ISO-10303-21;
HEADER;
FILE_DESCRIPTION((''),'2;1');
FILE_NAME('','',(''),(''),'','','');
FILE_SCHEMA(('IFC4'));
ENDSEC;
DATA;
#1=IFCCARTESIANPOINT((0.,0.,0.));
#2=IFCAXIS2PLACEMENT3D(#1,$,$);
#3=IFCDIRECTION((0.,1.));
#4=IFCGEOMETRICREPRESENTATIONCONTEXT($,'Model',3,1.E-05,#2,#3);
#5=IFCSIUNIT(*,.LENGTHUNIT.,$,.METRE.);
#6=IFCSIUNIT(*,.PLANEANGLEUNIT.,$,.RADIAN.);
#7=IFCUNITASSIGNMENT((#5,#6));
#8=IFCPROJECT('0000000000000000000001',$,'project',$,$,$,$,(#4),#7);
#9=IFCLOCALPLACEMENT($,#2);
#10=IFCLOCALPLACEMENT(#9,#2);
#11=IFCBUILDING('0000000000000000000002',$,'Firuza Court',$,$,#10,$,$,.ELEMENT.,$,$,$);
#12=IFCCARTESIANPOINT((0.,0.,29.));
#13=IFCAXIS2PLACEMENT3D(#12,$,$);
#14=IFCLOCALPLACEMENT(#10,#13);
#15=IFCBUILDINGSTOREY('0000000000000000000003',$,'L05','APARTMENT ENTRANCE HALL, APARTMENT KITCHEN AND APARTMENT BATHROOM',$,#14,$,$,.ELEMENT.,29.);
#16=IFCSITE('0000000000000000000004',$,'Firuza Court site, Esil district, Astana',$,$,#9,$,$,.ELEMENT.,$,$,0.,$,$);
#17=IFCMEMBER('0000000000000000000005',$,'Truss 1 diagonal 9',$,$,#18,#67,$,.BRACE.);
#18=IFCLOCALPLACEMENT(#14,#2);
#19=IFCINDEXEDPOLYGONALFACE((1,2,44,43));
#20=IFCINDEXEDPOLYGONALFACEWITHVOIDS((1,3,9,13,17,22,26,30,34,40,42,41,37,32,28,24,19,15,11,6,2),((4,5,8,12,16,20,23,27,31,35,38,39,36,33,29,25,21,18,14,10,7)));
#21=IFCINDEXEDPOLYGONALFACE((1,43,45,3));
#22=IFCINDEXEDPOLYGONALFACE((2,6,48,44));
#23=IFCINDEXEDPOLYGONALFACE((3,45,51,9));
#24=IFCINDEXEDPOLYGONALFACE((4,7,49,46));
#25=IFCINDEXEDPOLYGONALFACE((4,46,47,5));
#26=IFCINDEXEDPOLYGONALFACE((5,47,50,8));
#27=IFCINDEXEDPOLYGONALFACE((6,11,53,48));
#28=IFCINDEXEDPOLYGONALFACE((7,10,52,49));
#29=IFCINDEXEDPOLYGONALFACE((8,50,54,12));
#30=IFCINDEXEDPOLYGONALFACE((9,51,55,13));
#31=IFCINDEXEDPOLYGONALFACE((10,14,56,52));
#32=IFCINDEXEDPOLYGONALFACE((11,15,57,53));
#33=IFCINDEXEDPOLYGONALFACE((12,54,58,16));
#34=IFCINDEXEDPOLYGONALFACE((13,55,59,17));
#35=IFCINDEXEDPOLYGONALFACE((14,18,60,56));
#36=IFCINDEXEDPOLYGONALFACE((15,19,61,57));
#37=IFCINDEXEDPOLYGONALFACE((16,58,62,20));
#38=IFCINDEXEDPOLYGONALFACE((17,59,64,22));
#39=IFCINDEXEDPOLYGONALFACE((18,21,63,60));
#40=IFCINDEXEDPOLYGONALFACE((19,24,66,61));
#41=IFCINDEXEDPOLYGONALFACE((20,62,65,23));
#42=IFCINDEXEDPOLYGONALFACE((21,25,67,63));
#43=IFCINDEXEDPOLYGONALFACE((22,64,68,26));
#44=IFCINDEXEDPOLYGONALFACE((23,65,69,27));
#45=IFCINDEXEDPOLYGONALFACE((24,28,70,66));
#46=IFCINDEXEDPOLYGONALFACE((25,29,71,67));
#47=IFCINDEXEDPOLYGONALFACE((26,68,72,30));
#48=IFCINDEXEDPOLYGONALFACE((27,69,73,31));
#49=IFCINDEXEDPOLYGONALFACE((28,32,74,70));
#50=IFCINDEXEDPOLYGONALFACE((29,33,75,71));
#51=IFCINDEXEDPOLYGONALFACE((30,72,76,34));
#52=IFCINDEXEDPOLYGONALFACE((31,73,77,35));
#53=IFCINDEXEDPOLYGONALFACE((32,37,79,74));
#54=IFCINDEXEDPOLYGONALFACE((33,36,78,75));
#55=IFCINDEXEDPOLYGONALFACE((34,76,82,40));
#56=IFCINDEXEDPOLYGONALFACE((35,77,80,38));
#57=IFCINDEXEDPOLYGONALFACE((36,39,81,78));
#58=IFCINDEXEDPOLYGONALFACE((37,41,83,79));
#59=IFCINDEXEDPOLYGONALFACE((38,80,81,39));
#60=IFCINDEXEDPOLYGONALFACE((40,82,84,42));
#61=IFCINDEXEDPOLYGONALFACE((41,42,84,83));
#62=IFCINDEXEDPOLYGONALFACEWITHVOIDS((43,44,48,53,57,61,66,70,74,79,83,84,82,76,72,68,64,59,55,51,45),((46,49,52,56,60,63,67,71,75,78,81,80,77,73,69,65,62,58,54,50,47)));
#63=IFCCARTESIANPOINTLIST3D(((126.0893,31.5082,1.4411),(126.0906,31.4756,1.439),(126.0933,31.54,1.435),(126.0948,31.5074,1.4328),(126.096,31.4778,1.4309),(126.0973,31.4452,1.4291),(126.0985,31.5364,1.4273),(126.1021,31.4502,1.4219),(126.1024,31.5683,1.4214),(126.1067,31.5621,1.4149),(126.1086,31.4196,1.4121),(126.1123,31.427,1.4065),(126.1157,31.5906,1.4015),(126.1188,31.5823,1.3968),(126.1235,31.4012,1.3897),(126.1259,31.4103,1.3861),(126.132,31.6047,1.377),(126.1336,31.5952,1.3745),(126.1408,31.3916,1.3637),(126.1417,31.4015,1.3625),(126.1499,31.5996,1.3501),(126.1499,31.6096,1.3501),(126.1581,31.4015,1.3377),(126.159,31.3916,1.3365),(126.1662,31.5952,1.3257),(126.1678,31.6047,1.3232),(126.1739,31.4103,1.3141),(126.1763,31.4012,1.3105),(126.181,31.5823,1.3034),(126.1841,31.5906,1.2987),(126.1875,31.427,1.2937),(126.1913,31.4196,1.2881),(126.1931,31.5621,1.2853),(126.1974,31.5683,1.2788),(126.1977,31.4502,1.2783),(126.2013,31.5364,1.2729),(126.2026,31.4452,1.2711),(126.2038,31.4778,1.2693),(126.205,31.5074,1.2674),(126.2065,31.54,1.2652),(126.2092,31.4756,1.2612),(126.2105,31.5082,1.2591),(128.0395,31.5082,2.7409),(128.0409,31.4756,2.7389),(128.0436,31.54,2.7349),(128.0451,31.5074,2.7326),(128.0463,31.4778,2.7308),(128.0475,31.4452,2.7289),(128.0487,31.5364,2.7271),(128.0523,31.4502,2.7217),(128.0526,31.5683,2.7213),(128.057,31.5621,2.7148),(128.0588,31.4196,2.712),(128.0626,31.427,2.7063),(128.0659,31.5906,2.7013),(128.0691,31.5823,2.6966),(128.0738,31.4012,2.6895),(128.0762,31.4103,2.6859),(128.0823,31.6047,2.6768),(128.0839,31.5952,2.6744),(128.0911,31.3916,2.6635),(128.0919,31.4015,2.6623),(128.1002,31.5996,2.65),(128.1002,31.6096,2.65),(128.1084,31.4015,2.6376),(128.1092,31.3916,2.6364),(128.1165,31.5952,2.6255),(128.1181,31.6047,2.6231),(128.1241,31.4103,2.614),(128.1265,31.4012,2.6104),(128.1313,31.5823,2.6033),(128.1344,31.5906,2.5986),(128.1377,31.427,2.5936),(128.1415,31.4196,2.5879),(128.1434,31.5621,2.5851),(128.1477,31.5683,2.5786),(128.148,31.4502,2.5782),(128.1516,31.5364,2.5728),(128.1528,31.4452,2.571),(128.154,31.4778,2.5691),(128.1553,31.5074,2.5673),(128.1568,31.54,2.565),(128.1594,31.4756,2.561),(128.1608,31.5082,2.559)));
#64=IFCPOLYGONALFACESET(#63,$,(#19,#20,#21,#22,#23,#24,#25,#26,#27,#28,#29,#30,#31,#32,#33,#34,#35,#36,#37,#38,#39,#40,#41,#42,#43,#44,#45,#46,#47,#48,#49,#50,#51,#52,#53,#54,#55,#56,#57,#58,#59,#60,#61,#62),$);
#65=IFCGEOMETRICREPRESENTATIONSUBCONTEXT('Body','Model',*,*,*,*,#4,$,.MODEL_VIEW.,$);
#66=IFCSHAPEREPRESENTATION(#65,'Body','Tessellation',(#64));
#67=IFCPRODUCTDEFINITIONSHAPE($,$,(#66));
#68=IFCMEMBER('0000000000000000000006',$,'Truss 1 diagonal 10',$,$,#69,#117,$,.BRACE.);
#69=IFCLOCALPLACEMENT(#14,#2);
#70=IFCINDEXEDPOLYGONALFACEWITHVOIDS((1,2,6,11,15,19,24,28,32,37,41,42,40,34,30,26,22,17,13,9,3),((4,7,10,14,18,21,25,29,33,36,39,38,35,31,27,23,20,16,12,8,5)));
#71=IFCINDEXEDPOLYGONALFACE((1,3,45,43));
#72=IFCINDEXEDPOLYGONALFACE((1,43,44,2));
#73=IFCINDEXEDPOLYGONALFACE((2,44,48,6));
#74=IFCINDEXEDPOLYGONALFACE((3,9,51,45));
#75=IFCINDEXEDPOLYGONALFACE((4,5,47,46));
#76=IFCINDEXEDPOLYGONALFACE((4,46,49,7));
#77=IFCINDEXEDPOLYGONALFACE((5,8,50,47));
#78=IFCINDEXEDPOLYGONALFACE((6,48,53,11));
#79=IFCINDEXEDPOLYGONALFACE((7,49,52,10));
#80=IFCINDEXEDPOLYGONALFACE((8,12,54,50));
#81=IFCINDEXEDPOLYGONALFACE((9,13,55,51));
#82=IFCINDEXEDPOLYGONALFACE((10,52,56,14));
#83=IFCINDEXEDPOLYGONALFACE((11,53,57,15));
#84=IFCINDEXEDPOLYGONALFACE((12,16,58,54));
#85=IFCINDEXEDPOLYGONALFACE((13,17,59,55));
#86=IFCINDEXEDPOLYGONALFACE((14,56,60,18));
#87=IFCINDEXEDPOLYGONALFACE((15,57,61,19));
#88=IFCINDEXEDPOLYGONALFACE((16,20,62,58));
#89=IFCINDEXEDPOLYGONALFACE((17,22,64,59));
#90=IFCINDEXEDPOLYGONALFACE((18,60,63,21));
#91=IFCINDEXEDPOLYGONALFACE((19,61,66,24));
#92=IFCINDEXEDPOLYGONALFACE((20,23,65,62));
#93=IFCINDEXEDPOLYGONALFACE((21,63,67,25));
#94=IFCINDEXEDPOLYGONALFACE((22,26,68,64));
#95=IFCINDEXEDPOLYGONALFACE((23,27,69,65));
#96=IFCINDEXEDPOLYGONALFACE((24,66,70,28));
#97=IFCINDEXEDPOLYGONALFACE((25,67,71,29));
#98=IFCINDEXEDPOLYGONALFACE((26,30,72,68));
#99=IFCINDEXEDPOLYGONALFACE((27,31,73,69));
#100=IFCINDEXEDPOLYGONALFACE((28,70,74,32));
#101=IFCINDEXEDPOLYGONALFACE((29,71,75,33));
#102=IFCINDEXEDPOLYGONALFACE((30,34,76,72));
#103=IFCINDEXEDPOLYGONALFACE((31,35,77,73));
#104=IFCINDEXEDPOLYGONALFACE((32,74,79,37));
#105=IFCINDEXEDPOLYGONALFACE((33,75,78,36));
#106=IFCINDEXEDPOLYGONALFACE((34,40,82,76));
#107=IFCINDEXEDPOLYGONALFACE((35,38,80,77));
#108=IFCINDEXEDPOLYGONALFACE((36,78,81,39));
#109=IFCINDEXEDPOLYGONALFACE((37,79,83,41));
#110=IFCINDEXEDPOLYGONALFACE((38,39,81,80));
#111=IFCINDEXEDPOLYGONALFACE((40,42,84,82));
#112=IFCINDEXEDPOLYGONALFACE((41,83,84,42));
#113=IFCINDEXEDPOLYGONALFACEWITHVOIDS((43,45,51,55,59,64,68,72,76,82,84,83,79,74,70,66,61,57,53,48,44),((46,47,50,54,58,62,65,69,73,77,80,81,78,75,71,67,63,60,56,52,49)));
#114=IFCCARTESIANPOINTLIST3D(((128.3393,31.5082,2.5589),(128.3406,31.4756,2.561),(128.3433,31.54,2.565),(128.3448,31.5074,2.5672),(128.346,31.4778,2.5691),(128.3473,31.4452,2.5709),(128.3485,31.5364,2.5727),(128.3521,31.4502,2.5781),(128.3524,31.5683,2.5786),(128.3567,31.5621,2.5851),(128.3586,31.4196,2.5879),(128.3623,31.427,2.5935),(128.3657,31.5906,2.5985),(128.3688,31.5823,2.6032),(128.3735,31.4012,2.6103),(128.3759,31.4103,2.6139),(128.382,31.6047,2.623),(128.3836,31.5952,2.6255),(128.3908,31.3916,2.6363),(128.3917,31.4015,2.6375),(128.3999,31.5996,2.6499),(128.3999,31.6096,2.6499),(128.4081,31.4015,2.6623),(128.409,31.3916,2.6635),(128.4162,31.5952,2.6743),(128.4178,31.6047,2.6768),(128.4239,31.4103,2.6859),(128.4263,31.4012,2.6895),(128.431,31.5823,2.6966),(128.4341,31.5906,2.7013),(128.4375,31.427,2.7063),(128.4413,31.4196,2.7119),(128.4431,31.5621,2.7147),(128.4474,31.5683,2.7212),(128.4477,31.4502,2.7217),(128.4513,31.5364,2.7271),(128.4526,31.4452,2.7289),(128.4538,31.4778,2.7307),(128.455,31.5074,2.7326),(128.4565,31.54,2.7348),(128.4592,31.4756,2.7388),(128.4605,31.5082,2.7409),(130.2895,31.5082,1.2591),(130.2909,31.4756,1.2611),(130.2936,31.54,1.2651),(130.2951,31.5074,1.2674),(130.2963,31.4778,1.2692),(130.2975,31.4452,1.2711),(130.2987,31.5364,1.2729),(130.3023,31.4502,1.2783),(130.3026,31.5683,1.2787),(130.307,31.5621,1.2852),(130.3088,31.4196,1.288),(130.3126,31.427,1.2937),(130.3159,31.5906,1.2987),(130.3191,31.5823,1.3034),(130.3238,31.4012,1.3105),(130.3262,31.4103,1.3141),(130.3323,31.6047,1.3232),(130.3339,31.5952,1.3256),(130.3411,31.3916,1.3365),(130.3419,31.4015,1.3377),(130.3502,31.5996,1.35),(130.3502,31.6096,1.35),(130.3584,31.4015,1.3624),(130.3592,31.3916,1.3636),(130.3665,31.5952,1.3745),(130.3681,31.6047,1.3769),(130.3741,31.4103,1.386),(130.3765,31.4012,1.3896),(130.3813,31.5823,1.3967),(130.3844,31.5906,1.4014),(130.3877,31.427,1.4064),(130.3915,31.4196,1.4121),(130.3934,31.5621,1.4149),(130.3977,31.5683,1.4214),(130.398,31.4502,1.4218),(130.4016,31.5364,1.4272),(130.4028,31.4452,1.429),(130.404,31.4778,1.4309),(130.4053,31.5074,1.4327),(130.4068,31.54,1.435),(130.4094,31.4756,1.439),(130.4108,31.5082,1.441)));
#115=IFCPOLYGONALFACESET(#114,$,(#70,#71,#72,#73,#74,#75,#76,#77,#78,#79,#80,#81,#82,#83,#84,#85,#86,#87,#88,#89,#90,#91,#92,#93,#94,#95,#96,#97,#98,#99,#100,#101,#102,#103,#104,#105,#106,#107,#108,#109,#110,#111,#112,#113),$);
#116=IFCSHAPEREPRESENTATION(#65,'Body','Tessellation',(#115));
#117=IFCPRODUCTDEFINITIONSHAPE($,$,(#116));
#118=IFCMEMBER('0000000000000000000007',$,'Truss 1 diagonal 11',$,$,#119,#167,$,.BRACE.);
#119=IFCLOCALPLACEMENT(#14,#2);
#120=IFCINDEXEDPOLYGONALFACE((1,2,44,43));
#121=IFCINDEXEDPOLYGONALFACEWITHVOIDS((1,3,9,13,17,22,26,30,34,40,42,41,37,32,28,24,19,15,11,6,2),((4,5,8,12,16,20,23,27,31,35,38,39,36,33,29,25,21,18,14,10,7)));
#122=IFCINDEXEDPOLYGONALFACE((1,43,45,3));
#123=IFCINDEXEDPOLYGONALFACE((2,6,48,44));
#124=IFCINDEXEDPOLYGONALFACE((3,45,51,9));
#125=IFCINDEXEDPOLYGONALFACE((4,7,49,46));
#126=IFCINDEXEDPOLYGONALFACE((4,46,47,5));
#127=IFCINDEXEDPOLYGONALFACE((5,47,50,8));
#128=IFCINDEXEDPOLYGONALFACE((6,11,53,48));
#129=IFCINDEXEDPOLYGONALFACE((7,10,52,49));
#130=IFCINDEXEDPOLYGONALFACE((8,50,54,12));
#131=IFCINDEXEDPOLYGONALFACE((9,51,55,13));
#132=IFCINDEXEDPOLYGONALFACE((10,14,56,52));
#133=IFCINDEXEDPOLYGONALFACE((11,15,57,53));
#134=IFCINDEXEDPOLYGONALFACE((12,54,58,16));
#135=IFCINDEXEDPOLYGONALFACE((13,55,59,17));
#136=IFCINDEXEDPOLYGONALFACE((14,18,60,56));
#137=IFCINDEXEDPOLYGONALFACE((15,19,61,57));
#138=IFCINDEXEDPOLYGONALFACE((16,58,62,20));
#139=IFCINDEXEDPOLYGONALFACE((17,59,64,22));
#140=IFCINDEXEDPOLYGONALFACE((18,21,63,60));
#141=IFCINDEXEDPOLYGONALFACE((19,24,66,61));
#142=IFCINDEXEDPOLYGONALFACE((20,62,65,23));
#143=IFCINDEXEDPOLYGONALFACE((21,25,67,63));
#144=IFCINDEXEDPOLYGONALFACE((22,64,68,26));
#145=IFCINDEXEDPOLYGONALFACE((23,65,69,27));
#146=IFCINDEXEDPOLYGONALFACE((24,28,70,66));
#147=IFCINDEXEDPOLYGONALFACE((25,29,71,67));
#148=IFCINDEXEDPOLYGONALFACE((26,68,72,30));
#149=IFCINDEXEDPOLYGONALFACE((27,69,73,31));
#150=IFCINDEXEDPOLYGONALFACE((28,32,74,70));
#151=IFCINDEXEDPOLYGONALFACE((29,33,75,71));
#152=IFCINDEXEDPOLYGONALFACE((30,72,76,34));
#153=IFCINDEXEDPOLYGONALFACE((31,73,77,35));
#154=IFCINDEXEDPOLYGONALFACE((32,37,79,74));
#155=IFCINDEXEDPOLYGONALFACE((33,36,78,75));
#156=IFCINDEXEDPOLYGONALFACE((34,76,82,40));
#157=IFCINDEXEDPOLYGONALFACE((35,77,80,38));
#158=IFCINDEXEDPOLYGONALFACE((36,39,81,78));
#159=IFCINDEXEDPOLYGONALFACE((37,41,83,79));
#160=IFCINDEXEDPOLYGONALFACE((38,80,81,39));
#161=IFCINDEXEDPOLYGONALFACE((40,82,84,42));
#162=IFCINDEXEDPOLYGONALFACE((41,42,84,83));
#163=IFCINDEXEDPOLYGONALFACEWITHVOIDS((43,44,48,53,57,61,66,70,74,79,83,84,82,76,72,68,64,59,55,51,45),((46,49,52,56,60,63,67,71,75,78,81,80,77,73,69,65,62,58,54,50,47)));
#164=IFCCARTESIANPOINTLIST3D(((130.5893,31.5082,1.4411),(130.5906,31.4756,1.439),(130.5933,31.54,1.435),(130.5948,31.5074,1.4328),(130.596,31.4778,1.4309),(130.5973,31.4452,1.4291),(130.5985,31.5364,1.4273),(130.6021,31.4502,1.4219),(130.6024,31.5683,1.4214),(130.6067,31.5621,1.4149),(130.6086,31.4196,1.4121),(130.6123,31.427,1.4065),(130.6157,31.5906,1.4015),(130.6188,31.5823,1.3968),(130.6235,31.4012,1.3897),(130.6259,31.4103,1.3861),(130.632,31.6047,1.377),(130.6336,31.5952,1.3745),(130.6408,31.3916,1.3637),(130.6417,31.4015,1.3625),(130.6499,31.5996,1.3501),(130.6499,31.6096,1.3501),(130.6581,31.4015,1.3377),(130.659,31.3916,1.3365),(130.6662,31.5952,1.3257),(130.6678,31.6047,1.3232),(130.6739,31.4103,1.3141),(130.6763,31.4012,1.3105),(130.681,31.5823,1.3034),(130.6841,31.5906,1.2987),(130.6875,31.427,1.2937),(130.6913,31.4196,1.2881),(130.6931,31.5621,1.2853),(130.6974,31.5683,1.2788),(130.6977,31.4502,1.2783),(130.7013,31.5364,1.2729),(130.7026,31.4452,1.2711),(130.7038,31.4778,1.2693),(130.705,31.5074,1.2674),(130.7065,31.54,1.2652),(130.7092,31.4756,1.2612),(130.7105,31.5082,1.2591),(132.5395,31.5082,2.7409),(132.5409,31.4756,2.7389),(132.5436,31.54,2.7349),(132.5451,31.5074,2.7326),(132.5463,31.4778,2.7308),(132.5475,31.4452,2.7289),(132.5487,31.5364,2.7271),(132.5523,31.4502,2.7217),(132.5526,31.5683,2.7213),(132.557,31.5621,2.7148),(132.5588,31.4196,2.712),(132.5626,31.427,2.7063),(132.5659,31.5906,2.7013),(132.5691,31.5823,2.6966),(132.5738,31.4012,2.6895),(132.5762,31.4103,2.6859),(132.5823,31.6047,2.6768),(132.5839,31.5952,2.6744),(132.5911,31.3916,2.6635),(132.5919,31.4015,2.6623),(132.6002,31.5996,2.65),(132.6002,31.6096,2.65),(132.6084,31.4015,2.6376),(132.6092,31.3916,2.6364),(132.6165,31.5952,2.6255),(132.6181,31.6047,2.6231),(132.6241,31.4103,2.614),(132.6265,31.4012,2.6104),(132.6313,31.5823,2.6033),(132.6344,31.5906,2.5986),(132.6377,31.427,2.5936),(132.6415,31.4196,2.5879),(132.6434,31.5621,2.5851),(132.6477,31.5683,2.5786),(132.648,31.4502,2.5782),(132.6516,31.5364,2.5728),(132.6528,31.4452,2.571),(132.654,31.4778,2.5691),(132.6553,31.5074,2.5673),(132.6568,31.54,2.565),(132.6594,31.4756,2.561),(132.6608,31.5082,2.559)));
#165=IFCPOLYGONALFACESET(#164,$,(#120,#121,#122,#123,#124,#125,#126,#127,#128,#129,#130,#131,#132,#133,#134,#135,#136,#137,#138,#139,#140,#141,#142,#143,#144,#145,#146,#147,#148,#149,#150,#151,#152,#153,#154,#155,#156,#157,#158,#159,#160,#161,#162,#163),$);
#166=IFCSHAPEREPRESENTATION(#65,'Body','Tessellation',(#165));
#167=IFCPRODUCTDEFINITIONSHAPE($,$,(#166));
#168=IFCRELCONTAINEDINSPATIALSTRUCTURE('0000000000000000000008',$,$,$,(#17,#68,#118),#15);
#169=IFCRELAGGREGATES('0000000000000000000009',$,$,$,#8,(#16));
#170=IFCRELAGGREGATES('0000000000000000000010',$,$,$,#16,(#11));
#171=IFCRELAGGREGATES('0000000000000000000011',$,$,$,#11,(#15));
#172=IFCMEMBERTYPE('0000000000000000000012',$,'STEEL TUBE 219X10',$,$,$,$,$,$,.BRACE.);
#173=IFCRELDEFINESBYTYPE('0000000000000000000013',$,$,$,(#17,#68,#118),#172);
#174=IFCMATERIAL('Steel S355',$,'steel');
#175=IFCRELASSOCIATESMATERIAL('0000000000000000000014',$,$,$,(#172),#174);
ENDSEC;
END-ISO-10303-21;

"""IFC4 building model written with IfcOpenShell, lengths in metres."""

from ifc_helpers import new_model, si_unit, direction, frame, origin, origin_2d, place, context, subcontext, project, spatial, hollow_circle, extrude, material, material_profile, profile_set, type_object, element, save


model = new_model("IFC4")

# Units and contexts
model_context = context("Model", 3, precision=1e-05, world=origin(), true_north=direction((0.0, 1.0)))
body_context = subcontext(model_context, "Body", "Model", "MODEL_VIEW")
ifc_project = project(units=[si_unit("LENGTHUNIT", "METRE"), si_unit("PLANEANGLEUNIT", "RADIAN")], contexts=[model_context])

# Site, building, storey
site_placement = place(None, origin())
site = spatial("IfcSite", under=ifc_project, at=site_placement, Name="Firuza Court site, Esil district, Astana", CompositionType="ELEMENT", RefElevation=0.0)
building_placement = place(site_placement, origin())
building = spatial("IfcBuilding", under=site, at=building_placement, Name="Firuza Court", CompositionType="ELEMENT")
storey_placement = place(building_placement, frame((0.0, 0.0, 29.0)))
storey = spatial("IfcBuildingStorey", under=building, at=storey_placement, Name="L05", Description="APARTMENT ENTRANCE HALL, APARTMENT KITCHEN AND APARTMENT BATHROOM", CompositionType="ELEMENT", Elevation=29.0)

# Members
ifc_material_1 = material(Name="Steel S355", Category="steel")
ifc_material_profile_1 = material_profile(ifc_material_1, hollow_circle(Radius=0.1096, WallThickness=0.01, at=origin_2d()), Name="CHS 219X10")
ifc_profile_set_1 = profile_set([ifc_material_profile_1], Name="Steel S355")
member_type_1 = type_object("IfcMemberType", Name="STEEL TUBE 219X10", PredefinedType="BRACE", material=ifc_profile_set_1)
for number, where, z_axis, x_axis, name in (
    (1, (126.1499, 31.5, 1.3501), (0.832114, 0.0, 0.554604), (0.0, 1.0, 0.0), "Truss 1 diagonal 9"),
    (2, (128.3999, 31.5, 2.6499), (0.832114, 0.0, -0.554604), (0.0, 1.0, 0.0), "Truss 1 diagonal 10"),
    (3, (130.6499, 31.5, 1.3501), (0.832114, 0.0, 0.554604), (0.0, 1.0, 0.0), "Truss 1 diagonal 11"),
):
    element("IfcMember", number, at=place(storey_placement, frame(where, z_axis=z_axis, x_axis=x_axis)), inside=storey, type_object=member_type_1, Name=name, PredefinedType="BRACE", context=body_context, shape_type="SweptSolid", body=[
        extrude(hollow_circle(Radius=0.1096, WallThickness=0.01, at=origin_2d()), origin(), (0.0, 0.0, 1.0), 2.3438),
    ])

save(model, "model.ifc")
